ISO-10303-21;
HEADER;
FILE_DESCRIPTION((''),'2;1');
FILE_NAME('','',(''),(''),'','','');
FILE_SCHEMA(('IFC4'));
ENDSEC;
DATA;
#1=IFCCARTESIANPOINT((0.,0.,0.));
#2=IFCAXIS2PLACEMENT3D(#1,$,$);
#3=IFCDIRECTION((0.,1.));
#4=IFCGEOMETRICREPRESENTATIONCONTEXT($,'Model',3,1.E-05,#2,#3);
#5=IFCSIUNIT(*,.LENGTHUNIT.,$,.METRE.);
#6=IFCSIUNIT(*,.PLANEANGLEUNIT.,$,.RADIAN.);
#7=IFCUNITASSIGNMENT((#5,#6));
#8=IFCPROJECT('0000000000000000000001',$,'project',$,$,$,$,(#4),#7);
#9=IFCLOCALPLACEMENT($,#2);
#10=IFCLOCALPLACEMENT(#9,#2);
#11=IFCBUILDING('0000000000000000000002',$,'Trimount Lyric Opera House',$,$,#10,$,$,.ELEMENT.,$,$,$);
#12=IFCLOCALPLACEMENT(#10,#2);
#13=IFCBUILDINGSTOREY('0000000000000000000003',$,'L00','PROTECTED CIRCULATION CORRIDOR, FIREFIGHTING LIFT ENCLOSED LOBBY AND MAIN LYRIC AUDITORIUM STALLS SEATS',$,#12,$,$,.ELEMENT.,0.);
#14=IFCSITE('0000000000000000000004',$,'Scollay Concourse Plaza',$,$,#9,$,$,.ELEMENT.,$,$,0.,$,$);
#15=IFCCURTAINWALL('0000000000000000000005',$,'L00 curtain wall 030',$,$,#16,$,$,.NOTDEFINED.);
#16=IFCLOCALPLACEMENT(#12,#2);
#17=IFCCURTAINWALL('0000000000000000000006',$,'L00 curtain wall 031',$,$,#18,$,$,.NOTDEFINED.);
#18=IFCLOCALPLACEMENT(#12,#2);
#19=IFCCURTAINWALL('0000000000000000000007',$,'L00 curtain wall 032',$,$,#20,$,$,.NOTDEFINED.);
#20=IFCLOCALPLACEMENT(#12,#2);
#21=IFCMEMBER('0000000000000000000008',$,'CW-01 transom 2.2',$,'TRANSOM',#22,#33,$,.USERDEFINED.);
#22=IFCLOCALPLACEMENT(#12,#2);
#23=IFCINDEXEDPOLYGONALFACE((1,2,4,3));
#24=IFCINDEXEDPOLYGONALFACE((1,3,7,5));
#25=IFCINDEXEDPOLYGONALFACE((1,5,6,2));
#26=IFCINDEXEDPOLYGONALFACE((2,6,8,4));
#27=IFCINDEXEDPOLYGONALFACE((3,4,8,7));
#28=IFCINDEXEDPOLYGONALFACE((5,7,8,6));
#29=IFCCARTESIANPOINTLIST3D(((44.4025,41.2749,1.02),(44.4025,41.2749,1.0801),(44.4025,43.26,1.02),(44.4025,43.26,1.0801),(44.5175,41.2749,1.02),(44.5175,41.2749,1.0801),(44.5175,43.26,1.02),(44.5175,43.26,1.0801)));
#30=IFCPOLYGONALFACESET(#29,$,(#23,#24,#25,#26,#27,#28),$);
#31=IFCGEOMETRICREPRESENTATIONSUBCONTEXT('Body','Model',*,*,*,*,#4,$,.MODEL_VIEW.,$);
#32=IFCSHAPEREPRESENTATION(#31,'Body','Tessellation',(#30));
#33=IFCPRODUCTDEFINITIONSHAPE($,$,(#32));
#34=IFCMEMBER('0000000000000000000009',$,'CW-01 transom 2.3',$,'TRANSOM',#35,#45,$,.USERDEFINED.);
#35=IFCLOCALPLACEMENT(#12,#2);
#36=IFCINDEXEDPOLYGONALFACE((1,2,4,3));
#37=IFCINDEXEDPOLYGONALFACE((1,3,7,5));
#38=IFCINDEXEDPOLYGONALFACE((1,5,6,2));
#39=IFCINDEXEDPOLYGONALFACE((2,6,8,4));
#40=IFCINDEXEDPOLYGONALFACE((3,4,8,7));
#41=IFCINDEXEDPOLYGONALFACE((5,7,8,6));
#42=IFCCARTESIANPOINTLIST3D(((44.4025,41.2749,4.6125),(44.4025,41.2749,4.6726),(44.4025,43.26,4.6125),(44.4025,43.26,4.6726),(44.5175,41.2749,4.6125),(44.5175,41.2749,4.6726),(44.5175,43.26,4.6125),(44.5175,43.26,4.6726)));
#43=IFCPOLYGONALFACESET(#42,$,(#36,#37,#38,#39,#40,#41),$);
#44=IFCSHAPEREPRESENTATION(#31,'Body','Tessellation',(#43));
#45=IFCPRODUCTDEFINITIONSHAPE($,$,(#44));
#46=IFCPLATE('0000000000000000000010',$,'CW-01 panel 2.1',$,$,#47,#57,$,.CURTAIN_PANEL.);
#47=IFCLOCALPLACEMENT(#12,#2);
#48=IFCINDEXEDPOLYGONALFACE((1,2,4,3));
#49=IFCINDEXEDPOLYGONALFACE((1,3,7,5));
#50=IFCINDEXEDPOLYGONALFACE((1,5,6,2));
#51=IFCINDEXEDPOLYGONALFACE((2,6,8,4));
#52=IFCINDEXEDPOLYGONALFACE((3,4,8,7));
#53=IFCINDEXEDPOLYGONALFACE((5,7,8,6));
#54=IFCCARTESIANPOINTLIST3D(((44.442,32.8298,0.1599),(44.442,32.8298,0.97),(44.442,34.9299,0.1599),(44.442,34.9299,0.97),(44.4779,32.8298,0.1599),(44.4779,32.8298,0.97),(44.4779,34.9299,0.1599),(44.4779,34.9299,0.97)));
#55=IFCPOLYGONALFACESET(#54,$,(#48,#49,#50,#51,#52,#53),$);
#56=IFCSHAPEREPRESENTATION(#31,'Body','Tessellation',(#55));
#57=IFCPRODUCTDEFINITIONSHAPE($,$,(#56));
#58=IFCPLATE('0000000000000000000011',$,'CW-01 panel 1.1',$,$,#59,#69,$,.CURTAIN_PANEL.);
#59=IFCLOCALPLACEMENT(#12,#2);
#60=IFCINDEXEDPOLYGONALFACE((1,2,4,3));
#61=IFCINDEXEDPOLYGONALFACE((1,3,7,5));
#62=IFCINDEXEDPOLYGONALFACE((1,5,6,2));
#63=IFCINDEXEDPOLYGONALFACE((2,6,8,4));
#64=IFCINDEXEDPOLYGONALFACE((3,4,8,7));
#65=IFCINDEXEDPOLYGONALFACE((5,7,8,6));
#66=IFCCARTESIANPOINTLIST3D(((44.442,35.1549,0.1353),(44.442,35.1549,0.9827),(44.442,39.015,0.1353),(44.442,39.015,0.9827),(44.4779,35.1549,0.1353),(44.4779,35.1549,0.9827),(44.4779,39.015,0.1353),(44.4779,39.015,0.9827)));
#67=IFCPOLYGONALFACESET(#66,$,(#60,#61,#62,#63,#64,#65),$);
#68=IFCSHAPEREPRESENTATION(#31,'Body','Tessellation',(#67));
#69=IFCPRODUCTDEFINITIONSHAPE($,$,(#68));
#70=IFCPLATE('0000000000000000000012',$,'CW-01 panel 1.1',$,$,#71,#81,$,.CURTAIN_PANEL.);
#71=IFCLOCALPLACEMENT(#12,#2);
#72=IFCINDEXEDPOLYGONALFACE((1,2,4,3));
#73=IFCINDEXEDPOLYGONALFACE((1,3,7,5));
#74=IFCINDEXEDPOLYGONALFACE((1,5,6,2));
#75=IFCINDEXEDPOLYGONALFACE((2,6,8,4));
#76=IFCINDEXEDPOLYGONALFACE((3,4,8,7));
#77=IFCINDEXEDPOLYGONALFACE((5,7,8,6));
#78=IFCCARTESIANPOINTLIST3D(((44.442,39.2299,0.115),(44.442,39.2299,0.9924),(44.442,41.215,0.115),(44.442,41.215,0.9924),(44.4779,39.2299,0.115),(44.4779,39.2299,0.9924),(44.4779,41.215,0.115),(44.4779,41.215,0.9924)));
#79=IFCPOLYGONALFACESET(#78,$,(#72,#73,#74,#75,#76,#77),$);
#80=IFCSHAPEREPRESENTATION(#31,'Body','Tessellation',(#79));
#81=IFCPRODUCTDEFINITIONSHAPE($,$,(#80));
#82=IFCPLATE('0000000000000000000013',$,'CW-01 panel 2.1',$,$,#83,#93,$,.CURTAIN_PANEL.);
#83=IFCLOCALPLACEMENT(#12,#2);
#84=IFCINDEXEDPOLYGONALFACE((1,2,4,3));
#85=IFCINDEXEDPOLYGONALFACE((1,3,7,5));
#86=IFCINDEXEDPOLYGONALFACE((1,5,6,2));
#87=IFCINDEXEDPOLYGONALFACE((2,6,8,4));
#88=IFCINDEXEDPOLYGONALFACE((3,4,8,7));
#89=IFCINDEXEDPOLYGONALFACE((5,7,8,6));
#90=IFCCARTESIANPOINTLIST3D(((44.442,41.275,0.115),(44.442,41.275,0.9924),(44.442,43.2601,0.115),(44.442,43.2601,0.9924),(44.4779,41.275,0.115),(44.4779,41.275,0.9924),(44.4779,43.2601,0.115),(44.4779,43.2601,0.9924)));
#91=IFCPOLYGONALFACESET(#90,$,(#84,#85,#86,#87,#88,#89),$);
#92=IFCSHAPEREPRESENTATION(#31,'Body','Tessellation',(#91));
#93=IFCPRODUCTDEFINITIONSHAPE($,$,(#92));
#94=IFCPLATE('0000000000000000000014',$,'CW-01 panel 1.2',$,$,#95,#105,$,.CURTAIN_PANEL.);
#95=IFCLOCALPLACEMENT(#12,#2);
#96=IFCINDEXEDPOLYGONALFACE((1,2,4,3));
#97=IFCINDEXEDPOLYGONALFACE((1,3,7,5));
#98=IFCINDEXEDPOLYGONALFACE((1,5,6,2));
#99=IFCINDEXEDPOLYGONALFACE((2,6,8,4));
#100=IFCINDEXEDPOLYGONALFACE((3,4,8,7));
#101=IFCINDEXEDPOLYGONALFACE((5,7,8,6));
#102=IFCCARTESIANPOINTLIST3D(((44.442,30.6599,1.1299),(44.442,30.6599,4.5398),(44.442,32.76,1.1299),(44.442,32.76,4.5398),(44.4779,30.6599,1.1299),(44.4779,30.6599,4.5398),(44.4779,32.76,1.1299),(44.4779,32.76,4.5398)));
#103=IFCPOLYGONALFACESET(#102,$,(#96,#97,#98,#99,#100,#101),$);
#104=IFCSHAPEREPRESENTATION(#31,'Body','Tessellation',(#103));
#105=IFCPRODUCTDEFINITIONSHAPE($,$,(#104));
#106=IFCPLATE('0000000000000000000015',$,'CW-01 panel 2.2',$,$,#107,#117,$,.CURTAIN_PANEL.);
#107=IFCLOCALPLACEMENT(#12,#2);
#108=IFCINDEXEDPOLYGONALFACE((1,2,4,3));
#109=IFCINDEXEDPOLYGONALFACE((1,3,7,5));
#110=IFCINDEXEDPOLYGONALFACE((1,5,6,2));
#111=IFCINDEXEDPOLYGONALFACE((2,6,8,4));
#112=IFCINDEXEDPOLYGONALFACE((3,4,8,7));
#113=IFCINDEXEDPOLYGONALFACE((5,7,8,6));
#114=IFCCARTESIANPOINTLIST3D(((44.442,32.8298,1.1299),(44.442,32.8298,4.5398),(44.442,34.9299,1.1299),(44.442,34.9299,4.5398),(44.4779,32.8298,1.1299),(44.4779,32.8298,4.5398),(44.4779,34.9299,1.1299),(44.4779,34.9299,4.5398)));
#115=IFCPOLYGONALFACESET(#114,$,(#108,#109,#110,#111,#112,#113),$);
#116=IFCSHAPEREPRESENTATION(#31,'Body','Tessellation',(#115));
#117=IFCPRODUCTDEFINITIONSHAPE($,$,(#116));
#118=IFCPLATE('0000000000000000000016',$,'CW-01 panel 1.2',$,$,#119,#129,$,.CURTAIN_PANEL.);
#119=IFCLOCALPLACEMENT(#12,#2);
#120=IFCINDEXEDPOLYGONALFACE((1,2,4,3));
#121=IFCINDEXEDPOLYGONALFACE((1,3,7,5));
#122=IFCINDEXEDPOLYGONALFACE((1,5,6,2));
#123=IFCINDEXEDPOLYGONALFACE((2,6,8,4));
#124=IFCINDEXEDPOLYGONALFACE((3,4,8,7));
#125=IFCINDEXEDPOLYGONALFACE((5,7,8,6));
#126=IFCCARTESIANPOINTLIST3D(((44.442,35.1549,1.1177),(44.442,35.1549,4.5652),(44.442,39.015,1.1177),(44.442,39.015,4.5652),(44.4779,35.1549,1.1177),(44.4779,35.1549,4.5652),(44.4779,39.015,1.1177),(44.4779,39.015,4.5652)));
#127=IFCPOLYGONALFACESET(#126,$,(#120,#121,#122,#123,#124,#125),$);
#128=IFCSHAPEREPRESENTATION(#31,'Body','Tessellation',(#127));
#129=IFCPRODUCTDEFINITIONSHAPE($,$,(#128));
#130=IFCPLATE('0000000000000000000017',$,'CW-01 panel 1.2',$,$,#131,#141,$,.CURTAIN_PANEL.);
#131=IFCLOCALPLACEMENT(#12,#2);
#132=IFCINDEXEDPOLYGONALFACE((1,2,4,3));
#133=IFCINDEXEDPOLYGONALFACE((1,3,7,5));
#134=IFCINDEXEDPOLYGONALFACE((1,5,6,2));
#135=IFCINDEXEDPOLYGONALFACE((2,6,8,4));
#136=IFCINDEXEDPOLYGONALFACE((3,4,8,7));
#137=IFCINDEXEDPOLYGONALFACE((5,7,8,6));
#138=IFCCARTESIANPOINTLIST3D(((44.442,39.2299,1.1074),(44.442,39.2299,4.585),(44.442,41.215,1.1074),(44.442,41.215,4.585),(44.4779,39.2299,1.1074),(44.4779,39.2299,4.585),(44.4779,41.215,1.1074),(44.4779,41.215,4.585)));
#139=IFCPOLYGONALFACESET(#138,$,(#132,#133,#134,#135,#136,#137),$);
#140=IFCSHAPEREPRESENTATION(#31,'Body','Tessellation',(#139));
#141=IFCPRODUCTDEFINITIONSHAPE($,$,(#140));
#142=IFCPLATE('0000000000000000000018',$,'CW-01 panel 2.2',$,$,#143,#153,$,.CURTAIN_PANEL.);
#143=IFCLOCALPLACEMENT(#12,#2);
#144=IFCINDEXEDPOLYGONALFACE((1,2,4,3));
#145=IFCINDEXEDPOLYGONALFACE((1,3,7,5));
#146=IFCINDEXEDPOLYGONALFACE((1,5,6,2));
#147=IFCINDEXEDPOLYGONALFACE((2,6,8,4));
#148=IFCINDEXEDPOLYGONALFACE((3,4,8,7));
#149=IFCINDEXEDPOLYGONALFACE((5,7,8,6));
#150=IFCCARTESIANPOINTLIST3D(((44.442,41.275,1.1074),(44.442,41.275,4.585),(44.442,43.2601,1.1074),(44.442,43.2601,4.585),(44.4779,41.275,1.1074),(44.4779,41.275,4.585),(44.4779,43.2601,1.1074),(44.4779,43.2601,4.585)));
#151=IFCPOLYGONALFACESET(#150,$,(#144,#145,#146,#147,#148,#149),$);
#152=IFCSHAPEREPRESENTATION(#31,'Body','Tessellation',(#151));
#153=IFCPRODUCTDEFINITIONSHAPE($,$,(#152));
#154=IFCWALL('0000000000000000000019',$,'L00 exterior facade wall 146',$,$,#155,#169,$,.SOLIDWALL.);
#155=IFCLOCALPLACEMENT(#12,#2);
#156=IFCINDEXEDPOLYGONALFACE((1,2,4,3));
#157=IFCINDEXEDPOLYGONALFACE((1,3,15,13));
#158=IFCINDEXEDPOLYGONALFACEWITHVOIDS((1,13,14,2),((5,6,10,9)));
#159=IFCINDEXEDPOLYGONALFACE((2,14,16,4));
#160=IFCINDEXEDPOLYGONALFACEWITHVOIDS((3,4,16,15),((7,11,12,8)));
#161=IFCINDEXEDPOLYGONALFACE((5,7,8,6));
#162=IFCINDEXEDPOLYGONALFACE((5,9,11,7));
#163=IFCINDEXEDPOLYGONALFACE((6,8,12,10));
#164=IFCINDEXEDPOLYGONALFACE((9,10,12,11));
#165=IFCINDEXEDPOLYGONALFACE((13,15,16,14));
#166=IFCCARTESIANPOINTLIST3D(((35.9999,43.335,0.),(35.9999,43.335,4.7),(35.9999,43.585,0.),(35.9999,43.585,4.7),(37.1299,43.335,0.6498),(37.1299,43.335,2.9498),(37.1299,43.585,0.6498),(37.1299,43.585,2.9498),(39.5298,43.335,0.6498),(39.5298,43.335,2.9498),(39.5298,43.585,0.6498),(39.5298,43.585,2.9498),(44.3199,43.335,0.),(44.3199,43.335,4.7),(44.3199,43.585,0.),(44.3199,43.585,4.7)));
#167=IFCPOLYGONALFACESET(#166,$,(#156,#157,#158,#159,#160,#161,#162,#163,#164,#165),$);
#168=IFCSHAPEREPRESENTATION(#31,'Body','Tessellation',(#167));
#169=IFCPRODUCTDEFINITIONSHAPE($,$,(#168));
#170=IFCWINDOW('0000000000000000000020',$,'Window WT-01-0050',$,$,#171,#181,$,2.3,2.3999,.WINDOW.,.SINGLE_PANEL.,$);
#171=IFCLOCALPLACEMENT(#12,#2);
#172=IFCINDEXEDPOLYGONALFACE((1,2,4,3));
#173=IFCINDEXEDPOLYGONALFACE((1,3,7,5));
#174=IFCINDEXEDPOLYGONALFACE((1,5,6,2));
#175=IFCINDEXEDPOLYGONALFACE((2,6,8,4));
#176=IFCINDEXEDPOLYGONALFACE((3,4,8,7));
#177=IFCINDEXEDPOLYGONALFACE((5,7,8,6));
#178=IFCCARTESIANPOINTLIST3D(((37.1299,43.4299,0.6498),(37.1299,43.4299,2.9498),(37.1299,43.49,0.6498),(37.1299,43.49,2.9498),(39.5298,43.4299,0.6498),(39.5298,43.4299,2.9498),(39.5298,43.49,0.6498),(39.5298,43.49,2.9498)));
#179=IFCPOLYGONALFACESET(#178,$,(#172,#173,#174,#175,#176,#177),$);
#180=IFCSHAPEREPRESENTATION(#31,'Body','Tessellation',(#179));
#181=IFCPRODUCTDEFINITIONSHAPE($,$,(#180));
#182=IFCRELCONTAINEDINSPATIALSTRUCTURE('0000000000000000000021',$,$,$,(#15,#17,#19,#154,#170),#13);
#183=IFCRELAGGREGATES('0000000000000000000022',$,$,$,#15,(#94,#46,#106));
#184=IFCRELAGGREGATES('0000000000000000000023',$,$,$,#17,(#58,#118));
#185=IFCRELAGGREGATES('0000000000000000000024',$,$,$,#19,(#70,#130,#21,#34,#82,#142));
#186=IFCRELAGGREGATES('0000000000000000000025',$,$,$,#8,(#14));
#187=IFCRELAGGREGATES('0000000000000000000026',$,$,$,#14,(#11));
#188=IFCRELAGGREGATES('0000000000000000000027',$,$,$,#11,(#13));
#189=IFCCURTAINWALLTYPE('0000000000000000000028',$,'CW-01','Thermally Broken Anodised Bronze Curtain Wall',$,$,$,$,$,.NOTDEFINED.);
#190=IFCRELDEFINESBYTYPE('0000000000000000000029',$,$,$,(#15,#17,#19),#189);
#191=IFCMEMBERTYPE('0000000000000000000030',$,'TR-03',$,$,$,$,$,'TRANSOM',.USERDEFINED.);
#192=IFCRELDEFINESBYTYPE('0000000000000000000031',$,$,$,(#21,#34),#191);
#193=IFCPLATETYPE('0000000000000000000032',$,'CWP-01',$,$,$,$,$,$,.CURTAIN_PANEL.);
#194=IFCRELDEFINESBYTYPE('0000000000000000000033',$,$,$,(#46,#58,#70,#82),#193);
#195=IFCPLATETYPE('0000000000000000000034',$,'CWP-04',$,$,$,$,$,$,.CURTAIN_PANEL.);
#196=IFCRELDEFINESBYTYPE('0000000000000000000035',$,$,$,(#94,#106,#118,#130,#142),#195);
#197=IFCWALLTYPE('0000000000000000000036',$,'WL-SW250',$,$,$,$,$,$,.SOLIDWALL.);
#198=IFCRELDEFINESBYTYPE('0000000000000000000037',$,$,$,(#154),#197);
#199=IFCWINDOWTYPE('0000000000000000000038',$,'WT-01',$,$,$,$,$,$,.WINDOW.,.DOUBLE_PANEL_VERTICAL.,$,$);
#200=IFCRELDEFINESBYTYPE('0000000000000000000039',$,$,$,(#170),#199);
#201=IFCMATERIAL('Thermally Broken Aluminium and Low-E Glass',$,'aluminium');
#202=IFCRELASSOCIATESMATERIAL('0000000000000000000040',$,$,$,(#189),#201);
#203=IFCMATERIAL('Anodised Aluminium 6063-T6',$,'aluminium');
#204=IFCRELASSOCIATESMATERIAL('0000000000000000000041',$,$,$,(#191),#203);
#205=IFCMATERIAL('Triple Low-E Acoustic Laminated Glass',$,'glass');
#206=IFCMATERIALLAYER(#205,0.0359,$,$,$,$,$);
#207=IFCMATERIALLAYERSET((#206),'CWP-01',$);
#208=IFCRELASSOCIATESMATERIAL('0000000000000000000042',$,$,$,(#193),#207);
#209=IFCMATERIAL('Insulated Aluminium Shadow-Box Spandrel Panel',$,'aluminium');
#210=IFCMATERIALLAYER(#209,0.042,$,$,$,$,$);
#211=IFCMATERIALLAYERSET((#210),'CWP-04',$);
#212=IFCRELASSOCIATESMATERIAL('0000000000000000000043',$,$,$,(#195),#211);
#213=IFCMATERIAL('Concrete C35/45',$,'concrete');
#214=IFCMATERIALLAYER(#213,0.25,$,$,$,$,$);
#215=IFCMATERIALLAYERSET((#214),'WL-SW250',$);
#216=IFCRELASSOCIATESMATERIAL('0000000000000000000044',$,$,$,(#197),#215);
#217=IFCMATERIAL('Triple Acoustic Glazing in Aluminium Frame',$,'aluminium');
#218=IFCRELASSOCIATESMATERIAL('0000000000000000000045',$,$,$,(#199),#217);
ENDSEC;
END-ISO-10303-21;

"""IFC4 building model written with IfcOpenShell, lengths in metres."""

from ifc_helpers import new_model, si_unit, direction, frame, frame_2d, origin, origin_2d, place, context, subcontext, project, spatial, rectangle, extrude, material, layer, layer_set, material_profile, profile_set, type_object, element, fill, aggregate, save


model = new_model("IFC4")

# Units and contexts
model_context = context("Model", 3, precision=1e-05, world=origin(), true_north=direction((0.0, 1.0)))
body_context = subcontext(model_context, "Body", "Model", "MODEL_VIEW")
ifc_project = project(units=[si_unit("LENGTHUNIT", "METRE"), si_unit("PLANEANGLEUNIT", "RADIAN")], contexts=[model_context])

# Site, building, storey
site_placement = place(None, origin())
site = spatial("IfcSite", under=ifc_project, at=site_placement, Name="Scollay Concourse Plaza", CompositionType="ELEMENT", RefElevation=0.0)
building_placement = place(site_placement, origin())
building = spatial("IfcBuilding", under=site, at=building_placement, Name="Trimount Lyric Opera House", CompositionType="ELEMENT")
storey_placement = place(building_placement, origin())
storey = spatial("IfcBuildingStorey", under=building, at=storey_placement, Name="L00", Description="PROTECTED CIRCULATION CORRIDOR, FIREFIGHTING LIFT ENCLOSED LOBBY AND MAIN LYRIC AUDITORIUM STALLS SEATS", CompositionType="ELEMENT", Elevation=0.0)

# Curtain walls
ifc_material_1 = material(Name="Thermally Broken Aluminium and Low-E Glass", Category="aluminium")
curtain_wall_type = type_object("IfcCurtainWallType", Name="CW-01", Description="Thermally Broken Anodised Bronze Curtain Wall", PredefinedType="NOTDEFINED", material=ifc_material_1)
curtain_wall_1_placement = place(storey_placement, origin())
curtain_wall_1 = element("IfcCurtainWall", 1, at=curtain_wall_1_placement, inside=storey, type_object=curtain_wall_type, Name="L00 curtain wall 030", PredefinedType="NOTDEFINED")
curtain_wall_2_placement = place(storey_placement, origin())
curtain_wall_2 = element("IfcCurtainWall", 2, at=curtain_wall_2_placement, inside=storey, type_object=curtain_wall_type, Name="L00 curtain wall 031", PredefinedType="NOTDEFINED")
curtain_wall_3_placement = place(storey_placement, origin())
curtain_wall_3 = element("IfcCurtainWall", 3, at=curtain_wall_3_placement, inside=storey, type_object=curtain_wall_type, Name="L00 curtain wall 032", PredefinedType="NOTDEFINED")

# Members
ifc_material_2 = material(Name="Anodised Aluminium 6063-T6", Category="aluminium")
ifc_material_profile_1 = material_profile(ifc_material_2, rectangle(XDim=0.115, YDim=0.0601, at=origin_2d()), Name="ALU-TRAN-60X115")
ifc_profile_set_1 = profile_set([ifc_material_profile_1], Name="Anodised Aluminium 6063-T6")
member_type_1 = type_object("IfcMemberType", Name="TR-03", ElementType="TRANSOM", PredefinedType="USERDEFINED", material=ifc_profile_set_1)
member_1_placement = place(storey_placement, frame((44.46, 41.2749, 1.05), z_axis=(0.0, 1.0, 0.0), x_axis=(-1.0, 0.0, 0.0)))
member_1 = element("IfcMember", 4, at=member_1_placement, type_object=member_type_1, Name="CW-01 transom 2.2", ObjectType="TRANSOM", PredefinedType="USERDEFINED", context=body_context, shape_type="SweptSolid", body=[
    extrude(rectangle(XDim=0.115, YDim=0.0601, at=origin_2d()), origin(), (0.0, 0.0, 1.0), 1.9851),
])
member_2_placement = place(storey_placement, frame((44.46, 41.2749, 4.6426), z_axis=(0.0, 1.0, 0.0), x_axis=(-1.0, 0.0, 0.0)))
member_2 = element("IfcMember", 5, at=member_2_placement, type_object=member_type_1, Name="CW-01 transom 2.3", ObjectType="TRANSOM", PredefinedType="USERDEFINED", context=body_context, shape_type="SweptSolid", body=[
    extrude(rectangle(XDim=0.115, YDim=0.0601, at=origin_2d()), origin(), (0.0, 0.0, 1.0), 1.9851),
])

# Plates
ifc_material_3 = material(Name="Triple Low-E Acoustic Laminated Glass", Category="glass")
ifc_layer_1 = layer(ifc_material_3, 0.0359)
ifc_layer_set_1 = layer_set([ifc_layer_1], Name="CWP-01")
plate_type_1 = type_object("IfcPlateType", Name="CWP-01", PredefinedType="CURTAIN_PANEL", material=ifc_layer_set_1)
plate_1_placement = place(storey_placement, frame((44.46, 33.8799, 0.1599), z_axis=(0.0, 0.0, 1.0), x_axis=(0.0, 1.0, 0.0)))
plate_1 = element("IfcPlate", 6, at=plate_1_placement, type_object=plate_type_1, Name="CW-01 panel 2.1", PredefinedType="CURTAIN_PANEL", context=body_context, shape_type="SweptSolid", body=[
    extrude(rectangle(XDim=2.1001, YDim=0.0359, at=origin_2d()), origin(), (0.0, 0.0, 1.0), 0.8101),
])
plate_2_placement = place(storey_placement, frame((44.46, 37.085, 0.1353), z_axis=(0.0, 0.0, 1.0), x_axis=(0.0, 1.0, 0.0)))
plate_2 = element("IfcPlate", 7, at=plate_2_placement, type_object=plate_type_1, Name="CW-01 panel 1.1", PredefinedType="CURTAIN_PANEL", context=body_context, shape_type="SweptSolid", body=[
    extrude(rectangle(XDim=3.8601, YDim=0.0359, at=origin_2d()), origin(), (0.0, 0.0, 1.0), 0.8474),
])
plate_3_placement = place(storey_placement, frame((44.46, 40.2224, 0.115), z_axis=(0.0, 0.0, 1.0), x_axis=(0.0, 1.0, 0.0)))
plate_3 = element("IfcPlate", 8, at=plate_3_placement, type_object=plate_type_1, Name="CW-01 panel 1.1", PredefinedType="CURTAIN_PANEL", context=body_context, shape_type="SweptSolid", body=[
    extrude(rectangle(XDim=1.9851, YDim=0.0359, at=origin_2d()), origin(), (0.0, 0.0, 1.0), 0.8774),
])
plate_4_placement = place(storey_placement, frame((44.46, 42.2676, 0.115), z_axis=(0.0, 0.0, 1.0), x_axis=(0.0, 1.0, 0.0)))
plate_4 = element("IfcPlate", 9, at=plate_4_placement, type_object=plate_type_1, Name="CW-01 panel 2.1", PredefinedType="CURTAIN_PANEL", context=body_context, shape_type="SweptSolid", body=[
    extrude(rectangle(XDim=1.9851, YDim=0.0359, at=origin_2d()), origin(), (0.0, 0.0, 1.0), 0.8774),
])
ifc_material_4 = material(Name="Insulated Aluminium Shadow-Box Spandrel Panel", Category="aluminium")
ifc_layer_2 = layer(ifc_material_4, 0.042)
ifc_layer_set_2 = layer_set([ifc_layer_2], Name="CWP-04")
plate_type_2 = type_object("IfcPlateType", Name="CWP-04", PredefinedType="CURTAIN_PANEL", material=ifc_layer_set_2)
plate_5_placement = place(storey_placement, frame((44.46, 31.71, 1.1299), z_axis=(0.0, 0.0, 1.0), x_axis=(0.0, 1.0, 0.0)))
plate_5 = element("IfcPlate", 10, at=plate_5_placement, type_object=plate_type_2, Name="CW-01 panel 1.2", PredefinedType="CURTAIN_PANEL", context=body_context, shape_type="SweptSolid", body=[
    extrude(rectangle(XDim=2.1001, YDim=0.0359, at=origin_2d()), origin(), (0.0, 0.0, 1.0), 3.4099),
])
plate_6_placement = place(storey_placement, frame((44.46, 33.8799, 1.1299), z_axis=(0.0, 0.0, 1.0), x_axis=(0.0, 1.0, 0.0)))
plate_6 = element("IfcPlate", 11, at=plate_6_placement, type_object=plate_type_2, Name="CW-01 panel 2.2", PredefinedType="CURTAIN_PANEL", context=body_context, shape_type="SweptSolid", body=[
    extrude(rectangle(XDim=2.1001, YDim=0.0359, at=origin_2d()), origin(), (0.0, 0.0, 1.0), 3.4099),
])
aggregate(curtain_wall_1, [plate_5, plate_1, plate_6])
plate_7_placement = place(storey_placement, frame((44.46, 37.085, 1.1177), z_axis=(0.0, 0.0, 1.0), x_axis=(0.0, 1.0, 0.0)))
plate_7 = element("IfcPlate", 12, at=plate_7_placement, type_object=plate_type_2, Name="CW-01 panel 1.2", PredefinedType="CURTAIN_PANEL", context=body_context, shape_type="SweptSolid", body=[
    extrude(rectangle(XDim=3.8601, YDim=0.0359, at=origin_2d()), origin(), (0.0, 0.0, 1.0), 3.4475),
])
aggregate(curtain_wall_2, [plate_2, plate_7])
plate_8_placement = place(storey_placement, frame((44.46, 40.2224, 1.1074), z_axis=(0.0, 0.0, 1.0), x_axis=(0.0, 1.0, 0.0)))
plate_8 = element("IfcPlate", 13, at=plate_8_placement, type_object=plate_type_2, Name="CW-01 panel 1.2", PredefinedType="CURTAIN_PANEL", context=body_context, shape_type="SweptSolid", body=[
    extrude(rectangle(XDim=1.9851, YDim=0.0359, at=origin_2d()), origin(), (0.0, 0.0, 1.0), 3.4775),
])
plate_9_placement = place(storey_placement, frame((44.46, 42.2676, 1.1074), z_axis=(0.0, 0.0, 1.0), x_axis=(0.0, 1.0, 0.0)))
plate_9 = element("IfcPlate", 14, at=plate_9_placement, type_object=plate_type_2, Name="CW-01 panel 2.2", PredefinedType="CURTAIN_PANEL", context=body_context, shape_type="SweptSolid", body=[
    extrude(rectangle(XDim=1.9851, YDim=0.0359, at=origin_2d()), origin(), (0.0, 0.0, 1.0), 3.4775),
])
aggregate(curtain_wall_3, [plate_3, plate_8, member_1, member_2, plate_4, plate_9])

# Wall, opening, window
ifc_material_5 = material(Name="Concrete C35/45", Category="concrete")
ifc_layer_3 = layer(ifc_material_5, 0.25)
ifc_layer_set_3 = layer_set([ifc_layer_3], Name="WL-SW250")
wall_type = type_object("IfcWallType", Name="WL-SW250", PredefinedType="SOLIDWALL", material=ifc_layer_set_3)
wall_placement = place(storey_placement, frame((44.3201, 43.46, 0.0), z_axis=(0.0, 0.0, 1.0), x_axis=(-1.0, 0.0, 0.0)))
wall = element("IfcWall", 15, at=wall_placement, inside=storey, type_object=wall_type, Name="L00 exterior facade wall 146", PredefinedType="SOLIDWALL", context=body_context, shape_type="SweptSolid", body=[
    extrude(rectangle(XDim=8.3201, YDim=0.25, at=frame_2d((4.1602, 0.0))), origin(), (0.0, 0.0, 1.0), 4.7),
])
opening_placement = place(wall_placement, frame((4.7903, 0.0, 0.6499)))
opening = element("IfcOpeningElement", 16, at=opening_placement, cuts=wall, PredefinedType="OPENING", context=body_context, shape_type="SweptSolid", body=[
    extrude(rectangle(XDim=2.3999, YDim=2.3, at=frame_2d((1.2, 1.1499))), frame((0.0, 0.135, 0.0), z_axis=(0.0, -1.0, 0.0), x_axis=(1.0, 0.0, 0.0)), (0.0, 0.0, 1.0), 0.27),
])
ifc_material_6 = material(Name="Triple Acoustic Glazing in Aluminium Frame", Category="aluminium")
window_type = type_object("IfcWindowType", Name="WT-01", PartitioningType="DOUBLE_PANEL_VERTICAL", PredefinedType="WINDOW", material=ifc_material_6)
window_placement = place(opening_placement, origin())
window = element("IfcWindow", 17, at=window_placement, inside=storey, type_object=window_type, Name="Window WT-01-0050", OverallHeight=2.3, OverallWidth=2.3999, PartitioningType="SINGLE_PANEL", PredefinedType="WINDOW", context=body_context, shape_type="SweptSolid", body=[
    extrude(rectangle(XDim=2.3999, YDim=2.3, at=frame_2d((1.2, 1.1499))), frame((0.0, 0.03, 0.0), z_axis=(0.0, -1.0, 0.0), x_axis=(1.0, 0.0, 0.0)), (0.0, 0.0, 1.0), 0.0601),
])
fill(opening, window)

save(model, "model.ifc")
